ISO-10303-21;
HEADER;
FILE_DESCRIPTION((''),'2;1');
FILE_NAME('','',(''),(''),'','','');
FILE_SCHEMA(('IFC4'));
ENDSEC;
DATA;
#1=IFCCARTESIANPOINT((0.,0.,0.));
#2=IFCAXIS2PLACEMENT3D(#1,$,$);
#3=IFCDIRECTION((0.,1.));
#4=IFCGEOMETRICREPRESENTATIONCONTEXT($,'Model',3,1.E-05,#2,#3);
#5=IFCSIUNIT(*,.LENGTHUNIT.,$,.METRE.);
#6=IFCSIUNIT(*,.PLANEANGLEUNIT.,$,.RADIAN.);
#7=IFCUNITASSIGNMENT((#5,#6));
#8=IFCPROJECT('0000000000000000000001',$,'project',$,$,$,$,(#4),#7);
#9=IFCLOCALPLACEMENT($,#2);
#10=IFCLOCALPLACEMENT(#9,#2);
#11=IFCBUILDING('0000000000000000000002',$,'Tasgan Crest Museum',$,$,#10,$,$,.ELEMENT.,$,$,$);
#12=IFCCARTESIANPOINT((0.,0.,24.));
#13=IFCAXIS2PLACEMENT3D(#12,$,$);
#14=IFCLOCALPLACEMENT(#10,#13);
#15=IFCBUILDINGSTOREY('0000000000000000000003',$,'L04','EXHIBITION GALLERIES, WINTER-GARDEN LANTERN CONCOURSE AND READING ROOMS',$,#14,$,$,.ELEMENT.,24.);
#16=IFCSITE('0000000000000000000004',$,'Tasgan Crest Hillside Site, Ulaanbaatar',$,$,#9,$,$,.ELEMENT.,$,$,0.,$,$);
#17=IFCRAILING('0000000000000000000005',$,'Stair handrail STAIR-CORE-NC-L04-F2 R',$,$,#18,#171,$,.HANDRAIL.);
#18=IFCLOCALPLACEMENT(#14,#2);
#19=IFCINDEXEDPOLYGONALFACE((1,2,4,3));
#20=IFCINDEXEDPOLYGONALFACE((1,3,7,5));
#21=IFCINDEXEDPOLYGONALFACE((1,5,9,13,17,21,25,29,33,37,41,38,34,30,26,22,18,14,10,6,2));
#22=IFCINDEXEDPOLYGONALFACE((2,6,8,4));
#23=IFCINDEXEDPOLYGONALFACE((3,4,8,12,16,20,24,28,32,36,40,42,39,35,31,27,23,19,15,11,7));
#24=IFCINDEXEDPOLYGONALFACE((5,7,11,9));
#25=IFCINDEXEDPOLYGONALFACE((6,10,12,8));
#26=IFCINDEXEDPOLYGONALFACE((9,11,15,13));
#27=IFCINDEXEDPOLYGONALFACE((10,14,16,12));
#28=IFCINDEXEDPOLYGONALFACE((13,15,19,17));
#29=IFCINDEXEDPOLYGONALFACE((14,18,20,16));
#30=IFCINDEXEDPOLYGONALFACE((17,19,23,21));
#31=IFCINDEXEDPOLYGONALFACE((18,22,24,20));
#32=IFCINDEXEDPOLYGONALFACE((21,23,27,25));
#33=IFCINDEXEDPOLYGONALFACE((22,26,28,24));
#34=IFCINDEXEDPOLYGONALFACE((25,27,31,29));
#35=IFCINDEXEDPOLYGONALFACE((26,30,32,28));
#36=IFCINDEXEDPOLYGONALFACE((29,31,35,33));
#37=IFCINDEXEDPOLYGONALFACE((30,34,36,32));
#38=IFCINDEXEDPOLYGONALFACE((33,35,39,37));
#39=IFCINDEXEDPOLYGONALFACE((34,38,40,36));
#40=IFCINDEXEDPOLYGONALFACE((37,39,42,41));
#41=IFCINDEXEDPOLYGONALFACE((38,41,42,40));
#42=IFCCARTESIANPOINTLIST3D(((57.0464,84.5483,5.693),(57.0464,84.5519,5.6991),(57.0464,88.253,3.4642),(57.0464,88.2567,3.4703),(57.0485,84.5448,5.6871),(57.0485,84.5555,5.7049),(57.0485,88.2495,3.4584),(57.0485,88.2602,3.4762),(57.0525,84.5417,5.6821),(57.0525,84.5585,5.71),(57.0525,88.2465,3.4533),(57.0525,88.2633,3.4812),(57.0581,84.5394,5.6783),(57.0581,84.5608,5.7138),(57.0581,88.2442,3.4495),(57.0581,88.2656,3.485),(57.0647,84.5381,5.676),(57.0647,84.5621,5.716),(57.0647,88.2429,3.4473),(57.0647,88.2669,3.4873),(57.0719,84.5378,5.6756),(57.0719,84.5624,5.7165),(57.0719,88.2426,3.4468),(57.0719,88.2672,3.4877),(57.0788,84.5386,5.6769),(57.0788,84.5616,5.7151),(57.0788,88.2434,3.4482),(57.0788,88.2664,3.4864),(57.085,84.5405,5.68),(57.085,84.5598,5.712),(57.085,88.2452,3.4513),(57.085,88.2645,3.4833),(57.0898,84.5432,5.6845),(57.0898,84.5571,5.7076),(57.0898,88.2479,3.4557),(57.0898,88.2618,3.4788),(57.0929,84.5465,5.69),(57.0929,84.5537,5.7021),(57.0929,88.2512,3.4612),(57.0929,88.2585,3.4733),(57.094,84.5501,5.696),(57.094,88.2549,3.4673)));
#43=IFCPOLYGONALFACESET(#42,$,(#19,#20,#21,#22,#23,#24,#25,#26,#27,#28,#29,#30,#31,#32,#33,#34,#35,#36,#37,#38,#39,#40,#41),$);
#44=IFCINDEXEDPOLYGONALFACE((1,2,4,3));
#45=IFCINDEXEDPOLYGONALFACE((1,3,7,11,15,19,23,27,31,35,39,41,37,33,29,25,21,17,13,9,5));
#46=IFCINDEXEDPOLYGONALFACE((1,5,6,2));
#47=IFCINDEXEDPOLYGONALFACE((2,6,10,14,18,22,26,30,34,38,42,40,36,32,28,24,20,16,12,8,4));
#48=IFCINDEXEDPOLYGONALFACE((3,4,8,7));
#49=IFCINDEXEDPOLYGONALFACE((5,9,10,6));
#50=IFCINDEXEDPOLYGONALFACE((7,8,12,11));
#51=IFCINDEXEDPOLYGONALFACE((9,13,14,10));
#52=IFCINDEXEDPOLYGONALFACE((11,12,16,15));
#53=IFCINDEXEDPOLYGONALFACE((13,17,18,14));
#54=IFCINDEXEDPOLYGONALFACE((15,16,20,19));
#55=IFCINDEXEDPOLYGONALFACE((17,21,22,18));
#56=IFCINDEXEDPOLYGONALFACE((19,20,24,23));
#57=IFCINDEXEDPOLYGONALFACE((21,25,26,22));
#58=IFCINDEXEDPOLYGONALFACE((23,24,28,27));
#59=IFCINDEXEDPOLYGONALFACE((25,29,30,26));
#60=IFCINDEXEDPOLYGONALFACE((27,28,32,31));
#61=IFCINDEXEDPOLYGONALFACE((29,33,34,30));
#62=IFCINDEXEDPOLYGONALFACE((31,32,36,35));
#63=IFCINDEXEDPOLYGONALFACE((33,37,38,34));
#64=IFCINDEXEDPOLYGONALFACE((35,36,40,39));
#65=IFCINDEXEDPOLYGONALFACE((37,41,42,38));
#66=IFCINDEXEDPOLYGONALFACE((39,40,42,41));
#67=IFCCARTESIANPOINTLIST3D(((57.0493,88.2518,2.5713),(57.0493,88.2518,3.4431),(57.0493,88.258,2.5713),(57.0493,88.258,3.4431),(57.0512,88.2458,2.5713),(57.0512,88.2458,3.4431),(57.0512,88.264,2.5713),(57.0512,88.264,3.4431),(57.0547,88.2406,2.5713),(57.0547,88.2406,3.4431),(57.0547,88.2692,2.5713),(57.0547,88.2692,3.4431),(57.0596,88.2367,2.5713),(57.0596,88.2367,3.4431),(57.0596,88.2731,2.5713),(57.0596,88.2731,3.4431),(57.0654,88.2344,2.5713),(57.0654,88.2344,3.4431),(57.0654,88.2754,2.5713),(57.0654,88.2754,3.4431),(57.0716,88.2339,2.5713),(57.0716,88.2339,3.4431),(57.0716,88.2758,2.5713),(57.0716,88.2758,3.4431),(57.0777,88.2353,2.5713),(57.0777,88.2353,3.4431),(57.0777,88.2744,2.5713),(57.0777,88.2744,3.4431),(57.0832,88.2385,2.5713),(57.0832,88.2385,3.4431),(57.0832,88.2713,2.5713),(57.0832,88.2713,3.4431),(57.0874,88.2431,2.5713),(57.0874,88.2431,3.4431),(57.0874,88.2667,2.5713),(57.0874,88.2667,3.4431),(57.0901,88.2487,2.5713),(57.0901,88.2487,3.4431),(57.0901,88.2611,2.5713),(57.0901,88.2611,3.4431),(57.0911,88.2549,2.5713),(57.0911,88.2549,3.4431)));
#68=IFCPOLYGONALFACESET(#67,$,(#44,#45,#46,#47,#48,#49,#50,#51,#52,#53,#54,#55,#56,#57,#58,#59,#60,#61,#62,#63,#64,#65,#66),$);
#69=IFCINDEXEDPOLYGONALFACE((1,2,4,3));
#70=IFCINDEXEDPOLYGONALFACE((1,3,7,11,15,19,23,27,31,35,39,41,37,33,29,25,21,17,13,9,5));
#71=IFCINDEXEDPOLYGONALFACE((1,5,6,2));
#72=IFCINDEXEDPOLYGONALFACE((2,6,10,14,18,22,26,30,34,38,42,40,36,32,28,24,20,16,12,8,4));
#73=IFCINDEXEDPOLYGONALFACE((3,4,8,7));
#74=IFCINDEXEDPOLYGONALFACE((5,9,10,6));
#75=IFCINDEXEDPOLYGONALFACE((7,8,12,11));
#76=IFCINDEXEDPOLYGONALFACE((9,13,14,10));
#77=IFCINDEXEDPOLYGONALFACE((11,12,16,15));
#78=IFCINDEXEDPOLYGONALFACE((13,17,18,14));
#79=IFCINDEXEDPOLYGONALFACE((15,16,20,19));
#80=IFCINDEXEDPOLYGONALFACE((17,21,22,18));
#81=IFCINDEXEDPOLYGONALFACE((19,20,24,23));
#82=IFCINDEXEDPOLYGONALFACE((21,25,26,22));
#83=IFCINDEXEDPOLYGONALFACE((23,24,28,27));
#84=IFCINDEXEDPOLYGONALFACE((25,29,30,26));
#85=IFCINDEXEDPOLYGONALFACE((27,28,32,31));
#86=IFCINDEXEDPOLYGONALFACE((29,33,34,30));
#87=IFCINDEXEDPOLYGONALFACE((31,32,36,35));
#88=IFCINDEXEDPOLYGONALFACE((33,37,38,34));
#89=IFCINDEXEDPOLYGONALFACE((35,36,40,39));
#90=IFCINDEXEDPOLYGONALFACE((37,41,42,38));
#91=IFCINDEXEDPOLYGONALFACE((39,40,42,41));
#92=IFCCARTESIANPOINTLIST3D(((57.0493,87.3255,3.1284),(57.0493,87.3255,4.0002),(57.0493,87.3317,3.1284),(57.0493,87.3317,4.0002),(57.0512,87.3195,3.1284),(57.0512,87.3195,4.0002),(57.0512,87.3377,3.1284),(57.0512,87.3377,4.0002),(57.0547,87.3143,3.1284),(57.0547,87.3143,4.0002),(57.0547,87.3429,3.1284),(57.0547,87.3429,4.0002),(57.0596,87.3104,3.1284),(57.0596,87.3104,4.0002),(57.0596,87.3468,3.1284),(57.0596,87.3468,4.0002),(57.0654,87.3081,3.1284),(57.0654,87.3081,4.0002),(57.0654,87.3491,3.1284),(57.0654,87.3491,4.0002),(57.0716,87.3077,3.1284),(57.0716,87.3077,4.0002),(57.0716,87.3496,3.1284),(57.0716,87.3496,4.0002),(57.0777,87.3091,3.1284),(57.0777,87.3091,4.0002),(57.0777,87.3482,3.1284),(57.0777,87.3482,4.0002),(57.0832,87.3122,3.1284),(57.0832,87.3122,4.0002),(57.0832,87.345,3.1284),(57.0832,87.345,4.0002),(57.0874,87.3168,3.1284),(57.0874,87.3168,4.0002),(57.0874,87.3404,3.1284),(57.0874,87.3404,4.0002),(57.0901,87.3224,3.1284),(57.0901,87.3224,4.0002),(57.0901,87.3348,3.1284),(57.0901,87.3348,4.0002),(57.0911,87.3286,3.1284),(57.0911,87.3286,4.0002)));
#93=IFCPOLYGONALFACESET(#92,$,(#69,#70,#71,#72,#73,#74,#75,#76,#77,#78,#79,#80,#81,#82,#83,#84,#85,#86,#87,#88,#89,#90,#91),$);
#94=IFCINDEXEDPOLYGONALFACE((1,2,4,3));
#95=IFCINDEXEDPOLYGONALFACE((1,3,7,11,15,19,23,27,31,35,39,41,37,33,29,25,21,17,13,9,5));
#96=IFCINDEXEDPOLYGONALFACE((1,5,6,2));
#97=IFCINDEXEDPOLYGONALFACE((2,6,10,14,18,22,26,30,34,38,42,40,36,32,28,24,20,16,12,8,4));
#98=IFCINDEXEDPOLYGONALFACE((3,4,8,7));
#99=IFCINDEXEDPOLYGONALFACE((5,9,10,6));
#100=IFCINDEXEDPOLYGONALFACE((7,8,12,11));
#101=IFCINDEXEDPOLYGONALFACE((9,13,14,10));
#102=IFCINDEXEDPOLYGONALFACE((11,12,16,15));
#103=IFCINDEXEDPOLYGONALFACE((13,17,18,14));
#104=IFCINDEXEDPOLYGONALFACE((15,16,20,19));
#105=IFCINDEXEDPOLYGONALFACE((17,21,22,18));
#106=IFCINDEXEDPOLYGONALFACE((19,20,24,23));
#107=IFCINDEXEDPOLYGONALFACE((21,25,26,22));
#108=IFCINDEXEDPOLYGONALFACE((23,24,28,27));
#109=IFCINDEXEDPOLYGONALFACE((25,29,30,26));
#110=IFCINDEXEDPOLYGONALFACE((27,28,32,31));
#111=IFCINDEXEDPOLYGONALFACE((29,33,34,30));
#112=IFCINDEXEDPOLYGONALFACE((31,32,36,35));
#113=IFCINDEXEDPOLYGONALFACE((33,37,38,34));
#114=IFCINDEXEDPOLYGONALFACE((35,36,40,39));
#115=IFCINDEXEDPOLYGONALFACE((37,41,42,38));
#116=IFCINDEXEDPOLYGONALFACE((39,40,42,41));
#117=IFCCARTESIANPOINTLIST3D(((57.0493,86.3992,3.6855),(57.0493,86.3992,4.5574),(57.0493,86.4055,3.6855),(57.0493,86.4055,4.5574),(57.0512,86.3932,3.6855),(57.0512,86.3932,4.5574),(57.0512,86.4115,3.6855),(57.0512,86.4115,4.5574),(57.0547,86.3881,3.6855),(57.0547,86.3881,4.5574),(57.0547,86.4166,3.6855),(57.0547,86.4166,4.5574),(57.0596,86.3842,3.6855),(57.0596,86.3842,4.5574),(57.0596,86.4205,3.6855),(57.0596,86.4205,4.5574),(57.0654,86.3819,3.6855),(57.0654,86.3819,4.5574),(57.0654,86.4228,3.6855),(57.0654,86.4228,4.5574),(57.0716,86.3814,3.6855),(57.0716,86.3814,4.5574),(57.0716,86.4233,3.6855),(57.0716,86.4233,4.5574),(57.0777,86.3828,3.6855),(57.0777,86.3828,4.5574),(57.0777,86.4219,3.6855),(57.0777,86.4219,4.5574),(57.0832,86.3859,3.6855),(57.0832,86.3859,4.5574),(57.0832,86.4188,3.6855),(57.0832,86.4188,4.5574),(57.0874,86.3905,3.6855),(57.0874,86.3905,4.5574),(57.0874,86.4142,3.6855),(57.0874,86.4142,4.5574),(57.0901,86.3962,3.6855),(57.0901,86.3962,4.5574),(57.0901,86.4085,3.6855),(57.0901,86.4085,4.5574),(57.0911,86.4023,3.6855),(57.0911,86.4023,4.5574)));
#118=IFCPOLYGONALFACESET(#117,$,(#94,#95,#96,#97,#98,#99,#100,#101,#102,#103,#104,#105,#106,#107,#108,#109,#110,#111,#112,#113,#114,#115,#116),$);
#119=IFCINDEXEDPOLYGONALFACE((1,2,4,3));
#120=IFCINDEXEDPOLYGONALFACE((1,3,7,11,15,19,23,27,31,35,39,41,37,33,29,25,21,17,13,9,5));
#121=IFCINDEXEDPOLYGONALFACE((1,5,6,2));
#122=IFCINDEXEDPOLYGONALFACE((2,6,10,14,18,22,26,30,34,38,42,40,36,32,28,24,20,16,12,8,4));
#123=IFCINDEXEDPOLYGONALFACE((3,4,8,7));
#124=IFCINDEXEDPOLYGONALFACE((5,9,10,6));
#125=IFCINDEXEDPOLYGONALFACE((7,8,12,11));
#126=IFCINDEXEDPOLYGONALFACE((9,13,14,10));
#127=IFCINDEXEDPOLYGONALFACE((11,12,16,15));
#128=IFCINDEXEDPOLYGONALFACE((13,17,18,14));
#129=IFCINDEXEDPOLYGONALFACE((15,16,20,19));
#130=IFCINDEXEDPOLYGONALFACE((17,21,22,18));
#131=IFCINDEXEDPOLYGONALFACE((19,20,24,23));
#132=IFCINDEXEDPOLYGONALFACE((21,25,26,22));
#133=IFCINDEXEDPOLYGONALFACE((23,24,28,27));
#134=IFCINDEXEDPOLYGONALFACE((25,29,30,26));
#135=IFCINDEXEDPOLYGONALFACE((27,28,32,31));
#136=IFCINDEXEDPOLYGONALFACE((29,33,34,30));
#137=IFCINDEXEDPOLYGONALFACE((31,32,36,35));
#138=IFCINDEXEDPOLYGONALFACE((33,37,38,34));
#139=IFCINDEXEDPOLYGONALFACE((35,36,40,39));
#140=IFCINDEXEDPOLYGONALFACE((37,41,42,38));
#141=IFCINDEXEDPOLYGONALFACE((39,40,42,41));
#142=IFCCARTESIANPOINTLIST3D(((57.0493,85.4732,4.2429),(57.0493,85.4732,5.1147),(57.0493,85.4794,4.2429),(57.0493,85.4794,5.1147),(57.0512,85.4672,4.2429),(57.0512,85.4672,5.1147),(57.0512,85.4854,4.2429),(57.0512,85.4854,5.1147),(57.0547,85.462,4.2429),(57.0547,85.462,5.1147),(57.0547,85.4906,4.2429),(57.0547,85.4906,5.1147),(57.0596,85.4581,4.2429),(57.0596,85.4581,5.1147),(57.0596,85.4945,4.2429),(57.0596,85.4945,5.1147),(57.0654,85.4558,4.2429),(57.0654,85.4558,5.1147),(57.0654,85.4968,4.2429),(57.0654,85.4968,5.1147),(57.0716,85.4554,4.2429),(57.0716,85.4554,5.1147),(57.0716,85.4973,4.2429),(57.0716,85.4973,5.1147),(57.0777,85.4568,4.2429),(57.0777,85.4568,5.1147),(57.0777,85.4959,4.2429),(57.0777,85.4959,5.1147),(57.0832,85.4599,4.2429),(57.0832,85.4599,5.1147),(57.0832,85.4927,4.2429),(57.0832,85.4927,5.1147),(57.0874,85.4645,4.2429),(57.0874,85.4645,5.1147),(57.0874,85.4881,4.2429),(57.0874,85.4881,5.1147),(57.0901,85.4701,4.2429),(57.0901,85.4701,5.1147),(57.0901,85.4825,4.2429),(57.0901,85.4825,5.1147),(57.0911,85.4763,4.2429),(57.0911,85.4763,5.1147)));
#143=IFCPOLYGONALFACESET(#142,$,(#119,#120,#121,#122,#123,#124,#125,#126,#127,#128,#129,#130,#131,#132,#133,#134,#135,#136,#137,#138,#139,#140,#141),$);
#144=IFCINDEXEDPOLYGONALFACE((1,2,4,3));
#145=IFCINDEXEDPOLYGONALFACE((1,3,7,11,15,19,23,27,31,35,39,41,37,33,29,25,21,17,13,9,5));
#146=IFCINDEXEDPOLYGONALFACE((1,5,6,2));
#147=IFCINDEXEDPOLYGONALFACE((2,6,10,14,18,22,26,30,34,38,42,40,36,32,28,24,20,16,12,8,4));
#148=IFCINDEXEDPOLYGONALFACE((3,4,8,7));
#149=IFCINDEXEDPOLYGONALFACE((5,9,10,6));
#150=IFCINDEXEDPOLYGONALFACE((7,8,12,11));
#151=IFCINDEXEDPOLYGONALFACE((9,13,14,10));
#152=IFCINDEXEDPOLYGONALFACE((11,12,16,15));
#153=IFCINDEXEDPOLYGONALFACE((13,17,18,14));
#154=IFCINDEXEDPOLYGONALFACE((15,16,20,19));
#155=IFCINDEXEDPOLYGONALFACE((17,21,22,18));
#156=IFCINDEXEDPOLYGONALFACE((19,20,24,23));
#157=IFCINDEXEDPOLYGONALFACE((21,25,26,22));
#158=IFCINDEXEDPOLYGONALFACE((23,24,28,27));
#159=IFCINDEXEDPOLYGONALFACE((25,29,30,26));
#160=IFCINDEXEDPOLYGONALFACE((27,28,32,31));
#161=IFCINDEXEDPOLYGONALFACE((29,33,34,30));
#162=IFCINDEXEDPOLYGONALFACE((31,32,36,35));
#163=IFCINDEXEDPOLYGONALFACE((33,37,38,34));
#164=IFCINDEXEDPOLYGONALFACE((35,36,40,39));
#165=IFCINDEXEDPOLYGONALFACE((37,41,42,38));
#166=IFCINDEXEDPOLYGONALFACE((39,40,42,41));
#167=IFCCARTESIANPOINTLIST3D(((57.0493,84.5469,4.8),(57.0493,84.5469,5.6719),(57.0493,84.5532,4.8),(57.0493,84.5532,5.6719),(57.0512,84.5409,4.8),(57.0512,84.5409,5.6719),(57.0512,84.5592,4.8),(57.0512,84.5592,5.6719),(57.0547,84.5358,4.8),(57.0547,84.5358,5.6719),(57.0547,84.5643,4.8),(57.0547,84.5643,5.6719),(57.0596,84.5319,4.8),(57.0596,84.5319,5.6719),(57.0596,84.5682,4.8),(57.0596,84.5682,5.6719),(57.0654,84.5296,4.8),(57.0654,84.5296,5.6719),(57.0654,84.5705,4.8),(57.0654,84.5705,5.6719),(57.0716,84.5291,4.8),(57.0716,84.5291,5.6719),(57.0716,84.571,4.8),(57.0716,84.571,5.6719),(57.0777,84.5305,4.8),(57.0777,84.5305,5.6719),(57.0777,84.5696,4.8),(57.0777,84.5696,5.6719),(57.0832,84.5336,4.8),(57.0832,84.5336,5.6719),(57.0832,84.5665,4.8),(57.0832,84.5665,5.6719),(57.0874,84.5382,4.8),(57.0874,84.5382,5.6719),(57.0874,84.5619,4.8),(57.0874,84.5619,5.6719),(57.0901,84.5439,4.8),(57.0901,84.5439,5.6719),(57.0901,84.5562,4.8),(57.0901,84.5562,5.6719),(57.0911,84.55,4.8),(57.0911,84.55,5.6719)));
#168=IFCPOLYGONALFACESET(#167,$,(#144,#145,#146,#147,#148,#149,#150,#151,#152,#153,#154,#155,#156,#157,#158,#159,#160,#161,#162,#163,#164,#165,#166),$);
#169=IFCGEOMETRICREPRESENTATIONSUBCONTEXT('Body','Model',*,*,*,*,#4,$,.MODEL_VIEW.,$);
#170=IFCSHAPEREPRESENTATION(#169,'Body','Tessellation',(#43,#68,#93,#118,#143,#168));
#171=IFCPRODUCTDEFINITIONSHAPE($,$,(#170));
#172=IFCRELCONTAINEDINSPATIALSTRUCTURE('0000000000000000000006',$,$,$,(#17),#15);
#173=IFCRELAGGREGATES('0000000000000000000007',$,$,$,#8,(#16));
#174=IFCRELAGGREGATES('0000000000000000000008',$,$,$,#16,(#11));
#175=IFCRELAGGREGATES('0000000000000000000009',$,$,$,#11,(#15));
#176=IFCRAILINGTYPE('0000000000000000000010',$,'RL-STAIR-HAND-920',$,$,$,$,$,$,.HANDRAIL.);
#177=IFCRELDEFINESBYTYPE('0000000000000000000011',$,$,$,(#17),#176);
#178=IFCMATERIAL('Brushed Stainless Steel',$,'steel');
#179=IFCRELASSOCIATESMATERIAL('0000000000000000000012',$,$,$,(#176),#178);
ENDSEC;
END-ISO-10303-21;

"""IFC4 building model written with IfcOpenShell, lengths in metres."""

from ifc_helpers import new_model, si_unit, direction, frame, origin, origin_2d, place, context, subcontext, project, spatial, circle, extrude, material, type_object, element, save


model = new_model("IFC4")

# Units and contexts
model_context = context("Model", 3, precision=1e-05, world=origin(), true_north=direction((0.0, 1.0)))
body_context = subcontext(model_context, "Body", "Model", "MODEL_VIEW")
ifc_project = project(units=[si_unit("LENGTHUNIT", "METRE"), si_unit("PLANEANGLEUNIT", "RADIAN")], contexts=[model_context])

# Site, building, storey
site_placement = place(None, origin())
site = spatial("IfcSite", under=ifc_project, at=site_placement, Name="Tasgan Crest Hillside Site, Ulaanbaatar", CompositionType="ELEMENT", RefElevation=0.0)
building_placement = place(site_placement, origin())
building = spatial("IfcBuilding", under=site, at=building_placement, Name="Tasgan Crest Museum", CompositionType="ELEMENT")
storey_placement = place(building_placement, frame((0.0, 0.0, 24.0)))
storey = spatial("IfcBuildingStorey", under=building, at=storey_placement, Name="L04", Description="EXHIBITION GALLERIES, WINTER-GARDEN LANTERN CONCOURSE AND READING ROOMS", CompositionType="ELEMENT", Elevation=24.0)

# Railing
ifc_material_1 = material(Name="Brushed Stainless Steel", Category="steel")
railing_type_1 = type_object("IfcRailingType", Name="RL-STAIR-HAND-920", PredefinedType="HANDRAIL", material=ifc_material_1)
for number, where, name in (
    (1, (57.0701, 88.2549, 2.5713), "Stair handrail STAIR-CORE-NC-L04-F2 R"),
):
    element("IfcRailing", number, at=place(storey_placement, frame(where)), inside=storey, type_object=railing_type_1, Name=name, PredefinedType="HANDRAIL", context=body_context, shape_type="SweptSolid", body=[
        extrude(circle(Radius=0.0239, at=origin_2d()), frame((0.0, 0.0, 0.896), z_axis=(0.0, -0.856894, 0.515492), x_axis=(1.0, 0.0, 0.0)), (0.0, 0.0, 1.0), 4.3235),
        extrude(circle(Radius=0.021, at=origin_2d()), origin(), (0.0, 0.0, 1.0), 0.8718),
        extrude(circle(Radius=0.021, at=origin_2d()), frame((0.0, -0.9263, 0.5571)), (0.0, 0.0, 1.0), 0.8718),
        extrude(circle(Radius=0.021, at=origin_2d()), frame((0.0, -1.8525, 1.1143)), (0.0, 0.0, 1.0), 0.8718),
        extrude(circle(Radius=0.021, at=origin_2d()), frame((0.0, -2.7786, 1.6716)), (0.0, 0.0, 1.0), 0.8718),
        extrude(circle(Radius=0.021, at=origin_2d()), frame((0.0, -3.7048, 2.2288)), (0.0, 0.0, 1.0), 0.8718),
    ])

save(model, "model.ifc")
